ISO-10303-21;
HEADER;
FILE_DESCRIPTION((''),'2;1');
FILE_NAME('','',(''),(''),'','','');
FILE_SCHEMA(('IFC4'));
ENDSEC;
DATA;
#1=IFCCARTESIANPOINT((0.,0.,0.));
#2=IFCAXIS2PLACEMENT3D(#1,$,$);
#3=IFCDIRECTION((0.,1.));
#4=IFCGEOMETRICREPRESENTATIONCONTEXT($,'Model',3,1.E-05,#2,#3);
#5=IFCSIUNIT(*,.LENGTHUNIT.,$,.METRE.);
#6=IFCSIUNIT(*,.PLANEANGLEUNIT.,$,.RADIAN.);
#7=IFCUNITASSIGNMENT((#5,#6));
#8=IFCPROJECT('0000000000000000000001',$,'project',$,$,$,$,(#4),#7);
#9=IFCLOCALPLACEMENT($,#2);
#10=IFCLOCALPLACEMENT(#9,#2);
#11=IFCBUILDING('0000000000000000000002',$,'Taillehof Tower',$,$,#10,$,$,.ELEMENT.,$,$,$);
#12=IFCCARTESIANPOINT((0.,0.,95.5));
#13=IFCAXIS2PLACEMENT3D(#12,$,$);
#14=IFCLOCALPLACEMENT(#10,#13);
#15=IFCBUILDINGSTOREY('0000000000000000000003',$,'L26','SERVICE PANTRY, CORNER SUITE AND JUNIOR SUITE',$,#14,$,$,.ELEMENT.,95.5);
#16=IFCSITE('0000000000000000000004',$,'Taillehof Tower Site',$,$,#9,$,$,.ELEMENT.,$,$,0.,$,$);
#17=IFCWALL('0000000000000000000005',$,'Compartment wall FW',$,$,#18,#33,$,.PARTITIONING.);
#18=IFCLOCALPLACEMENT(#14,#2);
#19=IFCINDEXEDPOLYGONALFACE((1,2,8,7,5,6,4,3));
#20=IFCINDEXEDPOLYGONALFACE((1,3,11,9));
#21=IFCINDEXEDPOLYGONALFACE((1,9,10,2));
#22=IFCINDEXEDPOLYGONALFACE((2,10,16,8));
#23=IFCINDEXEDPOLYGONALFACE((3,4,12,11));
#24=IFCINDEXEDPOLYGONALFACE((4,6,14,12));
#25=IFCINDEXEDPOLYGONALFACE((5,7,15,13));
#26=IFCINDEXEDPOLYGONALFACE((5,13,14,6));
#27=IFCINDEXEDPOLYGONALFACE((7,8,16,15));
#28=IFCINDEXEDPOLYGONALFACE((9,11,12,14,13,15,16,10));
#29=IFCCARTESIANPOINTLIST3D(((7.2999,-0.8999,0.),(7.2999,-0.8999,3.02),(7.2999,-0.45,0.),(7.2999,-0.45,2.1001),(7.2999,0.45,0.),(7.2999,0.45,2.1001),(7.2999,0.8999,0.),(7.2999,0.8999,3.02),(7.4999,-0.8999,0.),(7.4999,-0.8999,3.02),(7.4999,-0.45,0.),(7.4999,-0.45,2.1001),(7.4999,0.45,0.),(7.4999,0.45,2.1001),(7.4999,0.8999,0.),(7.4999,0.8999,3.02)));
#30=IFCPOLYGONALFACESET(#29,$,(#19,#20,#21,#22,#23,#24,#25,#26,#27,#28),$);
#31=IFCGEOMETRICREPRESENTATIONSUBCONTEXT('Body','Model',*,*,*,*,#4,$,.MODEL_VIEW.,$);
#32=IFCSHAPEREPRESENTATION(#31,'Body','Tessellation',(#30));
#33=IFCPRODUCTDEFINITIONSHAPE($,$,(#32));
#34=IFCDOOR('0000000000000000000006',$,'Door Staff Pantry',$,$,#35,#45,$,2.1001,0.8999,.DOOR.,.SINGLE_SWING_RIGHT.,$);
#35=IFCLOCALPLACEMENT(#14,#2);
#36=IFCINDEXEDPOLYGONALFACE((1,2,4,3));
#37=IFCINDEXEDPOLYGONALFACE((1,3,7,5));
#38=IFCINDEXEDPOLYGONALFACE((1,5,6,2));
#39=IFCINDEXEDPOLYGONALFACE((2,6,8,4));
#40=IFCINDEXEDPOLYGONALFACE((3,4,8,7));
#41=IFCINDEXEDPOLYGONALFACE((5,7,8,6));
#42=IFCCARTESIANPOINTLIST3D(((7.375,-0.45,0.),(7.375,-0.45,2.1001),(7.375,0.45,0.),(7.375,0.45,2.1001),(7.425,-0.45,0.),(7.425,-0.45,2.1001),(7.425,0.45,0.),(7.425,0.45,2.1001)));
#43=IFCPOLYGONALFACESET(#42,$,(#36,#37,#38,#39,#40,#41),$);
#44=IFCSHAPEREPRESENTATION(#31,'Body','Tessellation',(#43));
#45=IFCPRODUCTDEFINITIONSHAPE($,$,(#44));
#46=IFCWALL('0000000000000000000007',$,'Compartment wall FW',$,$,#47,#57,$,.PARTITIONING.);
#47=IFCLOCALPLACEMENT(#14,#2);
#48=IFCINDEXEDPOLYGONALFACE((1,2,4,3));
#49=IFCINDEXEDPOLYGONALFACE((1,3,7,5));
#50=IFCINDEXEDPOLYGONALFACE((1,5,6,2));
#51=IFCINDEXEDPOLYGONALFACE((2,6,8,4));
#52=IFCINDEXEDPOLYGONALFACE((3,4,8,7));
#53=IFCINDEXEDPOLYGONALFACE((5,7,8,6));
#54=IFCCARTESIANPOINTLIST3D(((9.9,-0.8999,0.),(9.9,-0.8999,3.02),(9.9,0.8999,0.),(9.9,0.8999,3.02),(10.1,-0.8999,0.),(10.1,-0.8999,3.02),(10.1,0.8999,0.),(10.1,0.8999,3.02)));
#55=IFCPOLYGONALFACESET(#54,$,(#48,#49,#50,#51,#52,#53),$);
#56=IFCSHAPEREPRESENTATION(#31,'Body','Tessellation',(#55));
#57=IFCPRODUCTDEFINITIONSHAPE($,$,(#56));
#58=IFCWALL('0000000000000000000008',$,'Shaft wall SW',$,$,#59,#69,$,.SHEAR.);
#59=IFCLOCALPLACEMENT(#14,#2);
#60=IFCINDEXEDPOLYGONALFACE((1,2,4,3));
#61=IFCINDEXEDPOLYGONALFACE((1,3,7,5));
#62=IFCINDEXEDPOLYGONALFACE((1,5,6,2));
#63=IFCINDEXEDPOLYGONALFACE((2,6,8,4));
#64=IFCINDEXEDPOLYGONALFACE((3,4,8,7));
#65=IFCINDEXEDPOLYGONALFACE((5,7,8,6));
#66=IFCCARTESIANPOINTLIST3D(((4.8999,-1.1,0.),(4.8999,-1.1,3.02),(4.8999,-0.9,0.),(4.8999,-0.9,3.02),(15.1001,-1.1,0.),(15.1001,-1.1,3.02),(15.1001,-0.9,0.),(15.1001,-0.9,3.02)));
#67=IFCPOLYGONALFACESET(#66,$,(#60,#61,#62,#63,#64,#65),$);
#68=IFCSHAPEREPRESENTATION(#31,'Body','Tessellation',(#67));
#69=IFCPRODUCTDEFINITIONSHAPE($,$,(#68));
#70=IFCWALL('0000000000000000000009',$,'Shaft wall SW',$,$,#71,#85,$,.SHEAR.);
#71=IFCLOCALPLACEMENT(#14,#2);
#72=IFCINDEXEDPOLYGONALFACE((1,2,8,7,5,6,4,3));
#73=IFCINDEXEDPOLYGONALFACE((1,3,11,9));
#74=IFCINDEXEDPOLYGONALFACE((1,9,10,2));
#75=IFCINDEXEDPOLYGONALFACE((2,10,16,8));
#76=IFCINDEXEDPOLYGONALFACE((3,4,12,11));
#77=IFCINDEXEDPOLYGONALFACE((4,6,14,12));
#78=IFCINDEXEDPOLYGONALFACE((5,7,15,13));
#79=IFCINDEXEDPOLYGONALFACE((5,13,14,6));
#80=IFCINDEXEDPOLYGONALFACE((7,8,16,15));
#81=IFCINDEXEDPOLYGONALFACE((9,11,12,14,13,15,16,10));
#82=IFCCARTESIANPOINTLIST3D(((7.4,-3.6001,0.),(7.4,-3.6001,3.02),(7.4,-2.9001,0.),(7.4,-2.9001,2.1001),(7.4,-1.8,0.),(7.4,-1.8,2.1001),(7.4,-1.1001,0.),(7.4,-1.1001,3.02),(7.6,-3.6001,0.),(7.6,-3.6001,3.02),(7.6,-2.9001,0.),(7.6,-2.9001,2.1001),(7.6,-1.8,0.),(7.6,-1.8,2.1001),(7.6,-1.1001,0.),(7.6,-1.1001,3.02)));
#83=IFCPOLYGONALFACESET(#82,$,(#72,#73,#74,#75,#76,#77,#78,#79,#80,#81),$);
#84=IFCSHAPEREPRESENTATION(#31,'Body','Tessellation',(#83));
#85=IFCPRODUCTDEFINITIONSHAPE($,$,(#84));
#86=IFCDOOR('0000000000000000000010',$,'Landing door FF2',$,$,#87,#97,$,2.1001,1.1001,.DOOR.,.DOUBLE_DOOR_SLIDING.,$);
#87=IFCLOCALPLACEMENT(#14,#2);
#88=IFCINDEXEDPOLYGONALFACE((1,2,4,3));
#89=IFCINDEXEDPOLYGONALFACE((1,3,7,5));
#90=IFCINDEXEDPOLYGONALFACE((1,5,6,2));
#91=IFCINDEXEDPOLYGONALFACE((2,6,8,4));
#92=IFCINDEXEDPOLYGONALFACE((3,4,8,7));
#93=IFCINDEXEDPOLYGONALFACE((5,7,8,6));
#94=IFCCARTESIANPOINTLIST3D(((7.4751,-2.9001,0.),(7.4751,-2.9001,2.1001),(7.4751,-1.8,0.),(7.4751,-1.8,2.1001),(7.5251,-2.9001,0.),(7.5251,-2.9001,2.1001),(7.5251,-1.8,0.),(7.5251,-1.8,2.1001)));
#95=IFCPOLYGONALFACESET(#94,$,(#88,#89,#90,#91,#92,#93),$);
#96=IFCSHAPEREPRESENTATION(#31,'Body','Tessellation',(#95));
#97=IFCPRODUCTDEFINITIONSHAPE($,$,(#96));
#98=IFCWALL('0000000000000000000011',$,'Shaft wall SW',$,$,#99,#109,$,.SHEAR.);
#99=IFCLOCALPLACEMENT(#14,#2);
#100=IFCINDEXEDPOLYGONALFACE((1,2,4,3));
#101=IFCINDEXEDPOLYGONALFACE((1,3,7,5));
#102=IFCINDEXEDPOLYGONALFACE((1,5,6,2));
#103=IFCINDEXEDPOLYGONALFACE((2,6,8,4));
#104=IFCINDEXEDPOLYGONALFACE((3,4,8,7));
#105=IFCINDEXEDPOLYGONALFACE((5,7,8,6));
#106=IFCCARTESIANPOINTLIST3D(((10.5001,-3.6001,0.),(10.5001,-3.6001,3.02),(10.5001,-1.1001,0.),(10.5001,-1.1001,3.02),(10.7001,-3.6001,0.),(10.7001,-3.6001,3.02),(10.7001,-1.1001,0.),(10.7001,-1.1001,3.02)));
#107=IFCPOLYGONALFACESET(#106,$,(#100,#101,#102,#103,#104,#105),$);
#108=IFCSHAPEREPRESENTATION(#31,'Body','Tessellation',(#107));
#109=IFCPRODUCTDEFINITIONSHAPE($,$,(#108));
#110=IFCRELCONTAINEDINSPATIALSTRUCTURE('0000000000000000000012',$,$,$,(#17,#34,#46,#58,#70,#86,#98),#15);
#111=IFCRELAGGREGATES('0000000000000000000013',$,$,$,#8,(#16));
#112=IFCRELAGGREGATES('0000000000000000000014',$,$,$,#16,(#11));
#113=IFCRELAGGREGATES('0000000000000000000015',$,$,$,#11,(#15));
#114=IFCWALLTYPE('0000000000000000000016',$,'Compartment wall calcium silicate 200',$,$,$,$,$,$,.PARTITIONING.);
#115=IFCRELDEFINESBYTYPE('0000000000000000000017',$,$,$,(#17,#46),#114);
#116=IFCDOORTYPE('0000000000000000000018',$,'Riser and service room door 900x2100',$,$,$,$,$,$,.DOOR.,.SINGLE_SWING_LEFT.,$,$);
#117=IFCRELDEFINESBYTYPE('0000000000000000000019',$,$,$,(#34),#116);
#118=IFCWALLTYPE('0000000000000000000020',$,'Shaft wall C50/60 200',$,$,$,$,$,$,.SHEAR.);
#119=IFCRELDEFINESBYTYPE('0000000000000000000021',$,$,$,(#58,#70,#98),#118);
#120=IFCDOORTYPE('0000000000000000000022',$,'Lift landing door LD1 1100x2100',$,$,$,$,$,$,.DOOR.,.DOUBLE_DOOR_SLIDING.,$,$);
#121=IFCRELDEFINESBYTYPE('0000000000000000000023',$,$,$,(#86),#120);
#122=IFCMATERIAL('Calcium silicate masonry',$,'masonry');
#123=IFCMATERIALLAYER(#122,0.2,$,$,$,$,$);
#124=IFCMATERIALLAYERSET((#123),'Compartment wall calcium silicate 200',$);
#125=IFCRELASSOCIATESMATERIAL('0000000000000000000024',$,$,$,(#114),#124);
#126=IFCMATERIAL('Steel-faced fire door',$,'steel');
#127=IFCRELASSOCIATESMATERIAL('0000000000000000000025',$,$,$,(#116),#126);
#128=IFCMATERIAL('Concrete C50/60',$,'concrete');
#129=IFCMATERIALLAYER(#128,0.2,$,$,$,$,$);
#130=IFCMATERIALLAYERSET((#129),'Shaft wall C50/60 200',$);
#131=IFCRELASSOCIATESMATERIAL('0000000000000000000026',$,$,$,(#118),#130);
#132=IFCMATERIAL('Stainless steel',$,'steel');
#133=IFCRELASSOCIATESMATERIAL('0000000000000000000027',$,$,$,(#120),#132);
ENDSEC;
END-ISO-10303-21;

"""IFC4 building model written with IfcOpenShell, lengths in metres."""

from ifc_helpers import new_model, si_unit, direction, frame, frame_2d, origin, place, context, subcontext, project, spatial, rectangle, extrude, material, layer, layer_set, type_object, element, fill, save


model = new_model("IFC4")

# Units and contexts
model_context = context("Model", 3, precision=1e-05, world=origin(), true_north=direction((0.0, 1.0)))
body_context = subcontext(model_context, "Body", "Model", "MODEL_VIEW")
ifc_project = project(units=[si_unit("LENGTHUNIT", "METRE"), si_unit("PLANEANGLEUNIT", "RADIAN")], contexts=[model_context])

# Site, building, storey
site_placement = place(None, origin())
site = spatial("IfcSite", under=ifc_project, at=site_placement, Name="Taillehof Tower Site", CompositionType="ELEMENT", RefElevation=0.0)
building_placement = place(site_placement, origin())
building = spatial("IfcBuilding", under=site, at=building_placement, Name="Taillehof Tower", CompositionType="ELEMENT")
storey_placement = place(building_placement, frame((0.0, 0.0, 95.5)))
storey = spatial("IfcBuildingStorey", under=building, at=storey_placement, Name="L26", Description="SERVICE PANTRY, CORNER SUITE AND JUNIOR SUITE", CompositionType="ELEMENT", Elevation=95.5)

# Wall, opening, door
ifc_material_1 = material(Name="Calcium silicate masonry", Category="masonry")
ifc_layer_1 = layer(ifc_material_1, 0.2)
ifc_layer_set_1 = layer_set([ifc_layer_1], Name="Compartment wall calcium silicate 200")
wall_type_1 = type_object("IfcWallType", Name="Compartment wall calcium silicate 200", PredefinedType="PARTITIONING", material=ifc_layer_set_1)
wall_1_placement = place(storey_placement, frame((7.3999, -0.8999, 0.0), z_axis=(0.0, 0.0, 1.0), x_axis=(0.0, 1.0, 0.0)))
wall_1 = element("IfcWall", 1, at=wall_1_placement, inside=storey, type_object=wall_type_1, Name="Compartment wall FW", PredefinedType="PARTITIONING", context=body_context, shape_type="SweptSolid", body=[
    extrude(rectangle(XDim=1.7998, YDim=0.2, at=frame_2d((0.8999, 0.0))), origin(), (0.0, 0.0, 1.0), 3.02),
])
opening_1_placement = place(wall_1_placement, frame((0.45, 0.0, 0.0)))
opening_1 = element("IfcOpeningElement", 2, at=opening_1_placement, cuts=wall_1, PredefinedType="OPENING", context=body_context, shape_type="SweptSolid", body=[
    extrude(rectangle(XDim=0.8999, YDim=2.1001, at=frame_2d((0.45, 1.05))), frame((0.0, 0.1099, 0.0), z_axis=(0.0, -1.0, 0.0), x_axis=(1.0, 0.0, 0.0)), (0.0, 0.0, 1.0), 0.22),
])
ifc_material_2 = material(Name="Steel-faced fire door", Category="steel")
door_type_1 = type_object("IfcDoorType", Name="Riser and service room door 900x2100", OperationType="SINGLE_SWING_LEFT", PredefinedType="DOOR", material=ifc_material_2)
door_1_placement = place(opening_1_placement, origin())
door_1 = element("IfcDoor", 3, at=door_1_placement, inside=storey, type_object=door_type_1, Name="Door Staff Pantry", OperationType="SINGLE_SWING_RIGHT", OverallHeight=2.1001, OverallWidth=0.8999, PredefinedType="DOOR", context=body_context, shape_type="SweptSolid", body=[
    extrude(rectangle(XDim=0.8999, YDim=2.1001, at=frame_2d((0.45, 1.05))), frame((0.0, 0.0249, 0.0), z_axis=(0.0, -1.0, 0.0), x_axis=(1.0, 0.0, 0.0)), (0.0, 0.0, 1.0), 0.05),
])
fill(opening_1, door_1)

# Walls
wall_2_placement = place(storey_placement, frame((10.0, -0.8999, 0.0), z_axis=(0.0, 0.0, 1.0), x_axis=(0.0, 1.0, 0.0)))
element("IfcWall", 4, at=wall_2_placement, inside=storey, type_object=wall_type_1, Name="Compartment wall FW", PredefinedType="PARTITIONING", context=body_context, shape_type="SweptSolid", body=[
    extrude(rectangle(XDim=1.7998, YDim=0.2, at=frame_2d((0.8999, 0.0))), origin(), (0.0, 0.0, 1.0), 3.02),
])
ifc_material_3 = material(Name="Concrete C50/60", Category="concrete")
ifc_layer_2 = layer(ifc_material_3, 0.2)
ifc_layer_set_2 = layer_set([ifc_layer_2], Name="Shaft wall C50/60 200")
wall_type_2 = type_object("IfcWallType", Name="Shaft wall C50/60 200", PredefinedType="SHEAR", material=ifc_layer_set_2)
wall_3_placement = place(storey_placement, frame((4.8999, -1.0, 0.0), z_axis=(0.0, 0.0, 1.0), x_axis=(1.0, 0.0, 0.0)))
element("IfcWall", 5, at=wall_3_placement, inside=storey, type_object=wall_type_2, Name="Shaft wall SW", PredefinedType="SHEAR", context=body_context, shape_type="SweptSolid", body=[
    extrude(rectangle(XDim=10.2002, YDim=0.2, at=frame_2d((5.1001, 0.0))), origin(), (0.0, 0.0, 1.0), 3.02),
])

# Wall, opening, door
wall_4_placement = place(storey_placement, frame((7.5, -3.6001, 0.0), z_axis=(0.0, 0.0, 1.0), x_axis=(0.0, 1.0, 0.0)))
wall_4 = element("IfcWall", 6, at=wall_4_placement, inside=storey, type_object=wall_type_2, Name="Shaft wall SW", PredefinedType="SHEAR", context=body_context, shape_type="SweptSolid", body=[
    extrude(rectangle(XDim=2.5, YDim=0.2, at=frame_2d((1.25, 0.0))), origin(), (0.0, 0.0, 1.0), 3.02),
])
opening_2_placement = place(wall_4_placement, frame((0.7, 0.0, 0.0)))
opening_2 = element("IfcOpeningElement", 7, at=opening_2_placement, cuts=wall_4, PredefinedType="OPENING", context=body_context, shape_type="SweptSolid", body=[
    extrude(rectangle(XDim=1.1001, YDim=2.1001, at=frame_2d((0.55, 1.05))), frame((0.0, 0.1099, 0.0), z_axis=(0.0, -1.0, 0.0), x_axis=(1.0, 0.0, 0.0)), (0.0, 0.0, 1.0), 0.22),
])
ifc_material_4 = material(Name="Stainless steel", Category="steel")
door_type_2 = type_object("IfcDoorType", Name="Lift landing door LD1 1100x2100", OperationType="DOUBLE_DOOR_SLIDING", PredefinedType="DOOR", material=ifc_material_4)
door_2_placement = place(opening_2_placement, origin())
door_2 = element("IfcDoor", 8, at=door_2_placement, inside=storey, type_object=door_type_2, Name="Landing door FF2", OperationType="DOUBLE_DOOR_SLIDING", OverallHeight=2.1001, OverallWidth=1.1001, PredefinedType="DOOR", context=body_context, shape_type="SweptSolid", body=[
    extrude(rectangle(XDim=1.1001, YDim=2.1001, at=frame_2d((0.55, 1.05))), frame((0.0, 0.0249, 0.0), z_axis=(0.0, -1.0, 0.0), x_axis=(1.0, 0.0, 0.0)), (0.0, 0.0, 1.0), 0.05),
])
fill(opening_2, door_2)

# Wall
wall_5_placement = place(storey_placement, frame((10.6001, -3.6001, 0.0), z_axis=(0.0, 0.0, 1.0), x_axis=(0.0, 1.0, 0.0)))
element("IfcWall", 9, at=wall_5_placement, inside=storey, type_object=wall_type_2, Name="Shaft wall SW", PredefinedType="SHEAR", context=body_context, shape_type="SweptSolid", body=[
    extrude(rectangle(XDim=2.5, YDim=0.2, at=frame_2d((1.25, 0.0))), origin(), (0.0, 0.0, 1.0), 3.02),
])

save(model, "model.ifc")
